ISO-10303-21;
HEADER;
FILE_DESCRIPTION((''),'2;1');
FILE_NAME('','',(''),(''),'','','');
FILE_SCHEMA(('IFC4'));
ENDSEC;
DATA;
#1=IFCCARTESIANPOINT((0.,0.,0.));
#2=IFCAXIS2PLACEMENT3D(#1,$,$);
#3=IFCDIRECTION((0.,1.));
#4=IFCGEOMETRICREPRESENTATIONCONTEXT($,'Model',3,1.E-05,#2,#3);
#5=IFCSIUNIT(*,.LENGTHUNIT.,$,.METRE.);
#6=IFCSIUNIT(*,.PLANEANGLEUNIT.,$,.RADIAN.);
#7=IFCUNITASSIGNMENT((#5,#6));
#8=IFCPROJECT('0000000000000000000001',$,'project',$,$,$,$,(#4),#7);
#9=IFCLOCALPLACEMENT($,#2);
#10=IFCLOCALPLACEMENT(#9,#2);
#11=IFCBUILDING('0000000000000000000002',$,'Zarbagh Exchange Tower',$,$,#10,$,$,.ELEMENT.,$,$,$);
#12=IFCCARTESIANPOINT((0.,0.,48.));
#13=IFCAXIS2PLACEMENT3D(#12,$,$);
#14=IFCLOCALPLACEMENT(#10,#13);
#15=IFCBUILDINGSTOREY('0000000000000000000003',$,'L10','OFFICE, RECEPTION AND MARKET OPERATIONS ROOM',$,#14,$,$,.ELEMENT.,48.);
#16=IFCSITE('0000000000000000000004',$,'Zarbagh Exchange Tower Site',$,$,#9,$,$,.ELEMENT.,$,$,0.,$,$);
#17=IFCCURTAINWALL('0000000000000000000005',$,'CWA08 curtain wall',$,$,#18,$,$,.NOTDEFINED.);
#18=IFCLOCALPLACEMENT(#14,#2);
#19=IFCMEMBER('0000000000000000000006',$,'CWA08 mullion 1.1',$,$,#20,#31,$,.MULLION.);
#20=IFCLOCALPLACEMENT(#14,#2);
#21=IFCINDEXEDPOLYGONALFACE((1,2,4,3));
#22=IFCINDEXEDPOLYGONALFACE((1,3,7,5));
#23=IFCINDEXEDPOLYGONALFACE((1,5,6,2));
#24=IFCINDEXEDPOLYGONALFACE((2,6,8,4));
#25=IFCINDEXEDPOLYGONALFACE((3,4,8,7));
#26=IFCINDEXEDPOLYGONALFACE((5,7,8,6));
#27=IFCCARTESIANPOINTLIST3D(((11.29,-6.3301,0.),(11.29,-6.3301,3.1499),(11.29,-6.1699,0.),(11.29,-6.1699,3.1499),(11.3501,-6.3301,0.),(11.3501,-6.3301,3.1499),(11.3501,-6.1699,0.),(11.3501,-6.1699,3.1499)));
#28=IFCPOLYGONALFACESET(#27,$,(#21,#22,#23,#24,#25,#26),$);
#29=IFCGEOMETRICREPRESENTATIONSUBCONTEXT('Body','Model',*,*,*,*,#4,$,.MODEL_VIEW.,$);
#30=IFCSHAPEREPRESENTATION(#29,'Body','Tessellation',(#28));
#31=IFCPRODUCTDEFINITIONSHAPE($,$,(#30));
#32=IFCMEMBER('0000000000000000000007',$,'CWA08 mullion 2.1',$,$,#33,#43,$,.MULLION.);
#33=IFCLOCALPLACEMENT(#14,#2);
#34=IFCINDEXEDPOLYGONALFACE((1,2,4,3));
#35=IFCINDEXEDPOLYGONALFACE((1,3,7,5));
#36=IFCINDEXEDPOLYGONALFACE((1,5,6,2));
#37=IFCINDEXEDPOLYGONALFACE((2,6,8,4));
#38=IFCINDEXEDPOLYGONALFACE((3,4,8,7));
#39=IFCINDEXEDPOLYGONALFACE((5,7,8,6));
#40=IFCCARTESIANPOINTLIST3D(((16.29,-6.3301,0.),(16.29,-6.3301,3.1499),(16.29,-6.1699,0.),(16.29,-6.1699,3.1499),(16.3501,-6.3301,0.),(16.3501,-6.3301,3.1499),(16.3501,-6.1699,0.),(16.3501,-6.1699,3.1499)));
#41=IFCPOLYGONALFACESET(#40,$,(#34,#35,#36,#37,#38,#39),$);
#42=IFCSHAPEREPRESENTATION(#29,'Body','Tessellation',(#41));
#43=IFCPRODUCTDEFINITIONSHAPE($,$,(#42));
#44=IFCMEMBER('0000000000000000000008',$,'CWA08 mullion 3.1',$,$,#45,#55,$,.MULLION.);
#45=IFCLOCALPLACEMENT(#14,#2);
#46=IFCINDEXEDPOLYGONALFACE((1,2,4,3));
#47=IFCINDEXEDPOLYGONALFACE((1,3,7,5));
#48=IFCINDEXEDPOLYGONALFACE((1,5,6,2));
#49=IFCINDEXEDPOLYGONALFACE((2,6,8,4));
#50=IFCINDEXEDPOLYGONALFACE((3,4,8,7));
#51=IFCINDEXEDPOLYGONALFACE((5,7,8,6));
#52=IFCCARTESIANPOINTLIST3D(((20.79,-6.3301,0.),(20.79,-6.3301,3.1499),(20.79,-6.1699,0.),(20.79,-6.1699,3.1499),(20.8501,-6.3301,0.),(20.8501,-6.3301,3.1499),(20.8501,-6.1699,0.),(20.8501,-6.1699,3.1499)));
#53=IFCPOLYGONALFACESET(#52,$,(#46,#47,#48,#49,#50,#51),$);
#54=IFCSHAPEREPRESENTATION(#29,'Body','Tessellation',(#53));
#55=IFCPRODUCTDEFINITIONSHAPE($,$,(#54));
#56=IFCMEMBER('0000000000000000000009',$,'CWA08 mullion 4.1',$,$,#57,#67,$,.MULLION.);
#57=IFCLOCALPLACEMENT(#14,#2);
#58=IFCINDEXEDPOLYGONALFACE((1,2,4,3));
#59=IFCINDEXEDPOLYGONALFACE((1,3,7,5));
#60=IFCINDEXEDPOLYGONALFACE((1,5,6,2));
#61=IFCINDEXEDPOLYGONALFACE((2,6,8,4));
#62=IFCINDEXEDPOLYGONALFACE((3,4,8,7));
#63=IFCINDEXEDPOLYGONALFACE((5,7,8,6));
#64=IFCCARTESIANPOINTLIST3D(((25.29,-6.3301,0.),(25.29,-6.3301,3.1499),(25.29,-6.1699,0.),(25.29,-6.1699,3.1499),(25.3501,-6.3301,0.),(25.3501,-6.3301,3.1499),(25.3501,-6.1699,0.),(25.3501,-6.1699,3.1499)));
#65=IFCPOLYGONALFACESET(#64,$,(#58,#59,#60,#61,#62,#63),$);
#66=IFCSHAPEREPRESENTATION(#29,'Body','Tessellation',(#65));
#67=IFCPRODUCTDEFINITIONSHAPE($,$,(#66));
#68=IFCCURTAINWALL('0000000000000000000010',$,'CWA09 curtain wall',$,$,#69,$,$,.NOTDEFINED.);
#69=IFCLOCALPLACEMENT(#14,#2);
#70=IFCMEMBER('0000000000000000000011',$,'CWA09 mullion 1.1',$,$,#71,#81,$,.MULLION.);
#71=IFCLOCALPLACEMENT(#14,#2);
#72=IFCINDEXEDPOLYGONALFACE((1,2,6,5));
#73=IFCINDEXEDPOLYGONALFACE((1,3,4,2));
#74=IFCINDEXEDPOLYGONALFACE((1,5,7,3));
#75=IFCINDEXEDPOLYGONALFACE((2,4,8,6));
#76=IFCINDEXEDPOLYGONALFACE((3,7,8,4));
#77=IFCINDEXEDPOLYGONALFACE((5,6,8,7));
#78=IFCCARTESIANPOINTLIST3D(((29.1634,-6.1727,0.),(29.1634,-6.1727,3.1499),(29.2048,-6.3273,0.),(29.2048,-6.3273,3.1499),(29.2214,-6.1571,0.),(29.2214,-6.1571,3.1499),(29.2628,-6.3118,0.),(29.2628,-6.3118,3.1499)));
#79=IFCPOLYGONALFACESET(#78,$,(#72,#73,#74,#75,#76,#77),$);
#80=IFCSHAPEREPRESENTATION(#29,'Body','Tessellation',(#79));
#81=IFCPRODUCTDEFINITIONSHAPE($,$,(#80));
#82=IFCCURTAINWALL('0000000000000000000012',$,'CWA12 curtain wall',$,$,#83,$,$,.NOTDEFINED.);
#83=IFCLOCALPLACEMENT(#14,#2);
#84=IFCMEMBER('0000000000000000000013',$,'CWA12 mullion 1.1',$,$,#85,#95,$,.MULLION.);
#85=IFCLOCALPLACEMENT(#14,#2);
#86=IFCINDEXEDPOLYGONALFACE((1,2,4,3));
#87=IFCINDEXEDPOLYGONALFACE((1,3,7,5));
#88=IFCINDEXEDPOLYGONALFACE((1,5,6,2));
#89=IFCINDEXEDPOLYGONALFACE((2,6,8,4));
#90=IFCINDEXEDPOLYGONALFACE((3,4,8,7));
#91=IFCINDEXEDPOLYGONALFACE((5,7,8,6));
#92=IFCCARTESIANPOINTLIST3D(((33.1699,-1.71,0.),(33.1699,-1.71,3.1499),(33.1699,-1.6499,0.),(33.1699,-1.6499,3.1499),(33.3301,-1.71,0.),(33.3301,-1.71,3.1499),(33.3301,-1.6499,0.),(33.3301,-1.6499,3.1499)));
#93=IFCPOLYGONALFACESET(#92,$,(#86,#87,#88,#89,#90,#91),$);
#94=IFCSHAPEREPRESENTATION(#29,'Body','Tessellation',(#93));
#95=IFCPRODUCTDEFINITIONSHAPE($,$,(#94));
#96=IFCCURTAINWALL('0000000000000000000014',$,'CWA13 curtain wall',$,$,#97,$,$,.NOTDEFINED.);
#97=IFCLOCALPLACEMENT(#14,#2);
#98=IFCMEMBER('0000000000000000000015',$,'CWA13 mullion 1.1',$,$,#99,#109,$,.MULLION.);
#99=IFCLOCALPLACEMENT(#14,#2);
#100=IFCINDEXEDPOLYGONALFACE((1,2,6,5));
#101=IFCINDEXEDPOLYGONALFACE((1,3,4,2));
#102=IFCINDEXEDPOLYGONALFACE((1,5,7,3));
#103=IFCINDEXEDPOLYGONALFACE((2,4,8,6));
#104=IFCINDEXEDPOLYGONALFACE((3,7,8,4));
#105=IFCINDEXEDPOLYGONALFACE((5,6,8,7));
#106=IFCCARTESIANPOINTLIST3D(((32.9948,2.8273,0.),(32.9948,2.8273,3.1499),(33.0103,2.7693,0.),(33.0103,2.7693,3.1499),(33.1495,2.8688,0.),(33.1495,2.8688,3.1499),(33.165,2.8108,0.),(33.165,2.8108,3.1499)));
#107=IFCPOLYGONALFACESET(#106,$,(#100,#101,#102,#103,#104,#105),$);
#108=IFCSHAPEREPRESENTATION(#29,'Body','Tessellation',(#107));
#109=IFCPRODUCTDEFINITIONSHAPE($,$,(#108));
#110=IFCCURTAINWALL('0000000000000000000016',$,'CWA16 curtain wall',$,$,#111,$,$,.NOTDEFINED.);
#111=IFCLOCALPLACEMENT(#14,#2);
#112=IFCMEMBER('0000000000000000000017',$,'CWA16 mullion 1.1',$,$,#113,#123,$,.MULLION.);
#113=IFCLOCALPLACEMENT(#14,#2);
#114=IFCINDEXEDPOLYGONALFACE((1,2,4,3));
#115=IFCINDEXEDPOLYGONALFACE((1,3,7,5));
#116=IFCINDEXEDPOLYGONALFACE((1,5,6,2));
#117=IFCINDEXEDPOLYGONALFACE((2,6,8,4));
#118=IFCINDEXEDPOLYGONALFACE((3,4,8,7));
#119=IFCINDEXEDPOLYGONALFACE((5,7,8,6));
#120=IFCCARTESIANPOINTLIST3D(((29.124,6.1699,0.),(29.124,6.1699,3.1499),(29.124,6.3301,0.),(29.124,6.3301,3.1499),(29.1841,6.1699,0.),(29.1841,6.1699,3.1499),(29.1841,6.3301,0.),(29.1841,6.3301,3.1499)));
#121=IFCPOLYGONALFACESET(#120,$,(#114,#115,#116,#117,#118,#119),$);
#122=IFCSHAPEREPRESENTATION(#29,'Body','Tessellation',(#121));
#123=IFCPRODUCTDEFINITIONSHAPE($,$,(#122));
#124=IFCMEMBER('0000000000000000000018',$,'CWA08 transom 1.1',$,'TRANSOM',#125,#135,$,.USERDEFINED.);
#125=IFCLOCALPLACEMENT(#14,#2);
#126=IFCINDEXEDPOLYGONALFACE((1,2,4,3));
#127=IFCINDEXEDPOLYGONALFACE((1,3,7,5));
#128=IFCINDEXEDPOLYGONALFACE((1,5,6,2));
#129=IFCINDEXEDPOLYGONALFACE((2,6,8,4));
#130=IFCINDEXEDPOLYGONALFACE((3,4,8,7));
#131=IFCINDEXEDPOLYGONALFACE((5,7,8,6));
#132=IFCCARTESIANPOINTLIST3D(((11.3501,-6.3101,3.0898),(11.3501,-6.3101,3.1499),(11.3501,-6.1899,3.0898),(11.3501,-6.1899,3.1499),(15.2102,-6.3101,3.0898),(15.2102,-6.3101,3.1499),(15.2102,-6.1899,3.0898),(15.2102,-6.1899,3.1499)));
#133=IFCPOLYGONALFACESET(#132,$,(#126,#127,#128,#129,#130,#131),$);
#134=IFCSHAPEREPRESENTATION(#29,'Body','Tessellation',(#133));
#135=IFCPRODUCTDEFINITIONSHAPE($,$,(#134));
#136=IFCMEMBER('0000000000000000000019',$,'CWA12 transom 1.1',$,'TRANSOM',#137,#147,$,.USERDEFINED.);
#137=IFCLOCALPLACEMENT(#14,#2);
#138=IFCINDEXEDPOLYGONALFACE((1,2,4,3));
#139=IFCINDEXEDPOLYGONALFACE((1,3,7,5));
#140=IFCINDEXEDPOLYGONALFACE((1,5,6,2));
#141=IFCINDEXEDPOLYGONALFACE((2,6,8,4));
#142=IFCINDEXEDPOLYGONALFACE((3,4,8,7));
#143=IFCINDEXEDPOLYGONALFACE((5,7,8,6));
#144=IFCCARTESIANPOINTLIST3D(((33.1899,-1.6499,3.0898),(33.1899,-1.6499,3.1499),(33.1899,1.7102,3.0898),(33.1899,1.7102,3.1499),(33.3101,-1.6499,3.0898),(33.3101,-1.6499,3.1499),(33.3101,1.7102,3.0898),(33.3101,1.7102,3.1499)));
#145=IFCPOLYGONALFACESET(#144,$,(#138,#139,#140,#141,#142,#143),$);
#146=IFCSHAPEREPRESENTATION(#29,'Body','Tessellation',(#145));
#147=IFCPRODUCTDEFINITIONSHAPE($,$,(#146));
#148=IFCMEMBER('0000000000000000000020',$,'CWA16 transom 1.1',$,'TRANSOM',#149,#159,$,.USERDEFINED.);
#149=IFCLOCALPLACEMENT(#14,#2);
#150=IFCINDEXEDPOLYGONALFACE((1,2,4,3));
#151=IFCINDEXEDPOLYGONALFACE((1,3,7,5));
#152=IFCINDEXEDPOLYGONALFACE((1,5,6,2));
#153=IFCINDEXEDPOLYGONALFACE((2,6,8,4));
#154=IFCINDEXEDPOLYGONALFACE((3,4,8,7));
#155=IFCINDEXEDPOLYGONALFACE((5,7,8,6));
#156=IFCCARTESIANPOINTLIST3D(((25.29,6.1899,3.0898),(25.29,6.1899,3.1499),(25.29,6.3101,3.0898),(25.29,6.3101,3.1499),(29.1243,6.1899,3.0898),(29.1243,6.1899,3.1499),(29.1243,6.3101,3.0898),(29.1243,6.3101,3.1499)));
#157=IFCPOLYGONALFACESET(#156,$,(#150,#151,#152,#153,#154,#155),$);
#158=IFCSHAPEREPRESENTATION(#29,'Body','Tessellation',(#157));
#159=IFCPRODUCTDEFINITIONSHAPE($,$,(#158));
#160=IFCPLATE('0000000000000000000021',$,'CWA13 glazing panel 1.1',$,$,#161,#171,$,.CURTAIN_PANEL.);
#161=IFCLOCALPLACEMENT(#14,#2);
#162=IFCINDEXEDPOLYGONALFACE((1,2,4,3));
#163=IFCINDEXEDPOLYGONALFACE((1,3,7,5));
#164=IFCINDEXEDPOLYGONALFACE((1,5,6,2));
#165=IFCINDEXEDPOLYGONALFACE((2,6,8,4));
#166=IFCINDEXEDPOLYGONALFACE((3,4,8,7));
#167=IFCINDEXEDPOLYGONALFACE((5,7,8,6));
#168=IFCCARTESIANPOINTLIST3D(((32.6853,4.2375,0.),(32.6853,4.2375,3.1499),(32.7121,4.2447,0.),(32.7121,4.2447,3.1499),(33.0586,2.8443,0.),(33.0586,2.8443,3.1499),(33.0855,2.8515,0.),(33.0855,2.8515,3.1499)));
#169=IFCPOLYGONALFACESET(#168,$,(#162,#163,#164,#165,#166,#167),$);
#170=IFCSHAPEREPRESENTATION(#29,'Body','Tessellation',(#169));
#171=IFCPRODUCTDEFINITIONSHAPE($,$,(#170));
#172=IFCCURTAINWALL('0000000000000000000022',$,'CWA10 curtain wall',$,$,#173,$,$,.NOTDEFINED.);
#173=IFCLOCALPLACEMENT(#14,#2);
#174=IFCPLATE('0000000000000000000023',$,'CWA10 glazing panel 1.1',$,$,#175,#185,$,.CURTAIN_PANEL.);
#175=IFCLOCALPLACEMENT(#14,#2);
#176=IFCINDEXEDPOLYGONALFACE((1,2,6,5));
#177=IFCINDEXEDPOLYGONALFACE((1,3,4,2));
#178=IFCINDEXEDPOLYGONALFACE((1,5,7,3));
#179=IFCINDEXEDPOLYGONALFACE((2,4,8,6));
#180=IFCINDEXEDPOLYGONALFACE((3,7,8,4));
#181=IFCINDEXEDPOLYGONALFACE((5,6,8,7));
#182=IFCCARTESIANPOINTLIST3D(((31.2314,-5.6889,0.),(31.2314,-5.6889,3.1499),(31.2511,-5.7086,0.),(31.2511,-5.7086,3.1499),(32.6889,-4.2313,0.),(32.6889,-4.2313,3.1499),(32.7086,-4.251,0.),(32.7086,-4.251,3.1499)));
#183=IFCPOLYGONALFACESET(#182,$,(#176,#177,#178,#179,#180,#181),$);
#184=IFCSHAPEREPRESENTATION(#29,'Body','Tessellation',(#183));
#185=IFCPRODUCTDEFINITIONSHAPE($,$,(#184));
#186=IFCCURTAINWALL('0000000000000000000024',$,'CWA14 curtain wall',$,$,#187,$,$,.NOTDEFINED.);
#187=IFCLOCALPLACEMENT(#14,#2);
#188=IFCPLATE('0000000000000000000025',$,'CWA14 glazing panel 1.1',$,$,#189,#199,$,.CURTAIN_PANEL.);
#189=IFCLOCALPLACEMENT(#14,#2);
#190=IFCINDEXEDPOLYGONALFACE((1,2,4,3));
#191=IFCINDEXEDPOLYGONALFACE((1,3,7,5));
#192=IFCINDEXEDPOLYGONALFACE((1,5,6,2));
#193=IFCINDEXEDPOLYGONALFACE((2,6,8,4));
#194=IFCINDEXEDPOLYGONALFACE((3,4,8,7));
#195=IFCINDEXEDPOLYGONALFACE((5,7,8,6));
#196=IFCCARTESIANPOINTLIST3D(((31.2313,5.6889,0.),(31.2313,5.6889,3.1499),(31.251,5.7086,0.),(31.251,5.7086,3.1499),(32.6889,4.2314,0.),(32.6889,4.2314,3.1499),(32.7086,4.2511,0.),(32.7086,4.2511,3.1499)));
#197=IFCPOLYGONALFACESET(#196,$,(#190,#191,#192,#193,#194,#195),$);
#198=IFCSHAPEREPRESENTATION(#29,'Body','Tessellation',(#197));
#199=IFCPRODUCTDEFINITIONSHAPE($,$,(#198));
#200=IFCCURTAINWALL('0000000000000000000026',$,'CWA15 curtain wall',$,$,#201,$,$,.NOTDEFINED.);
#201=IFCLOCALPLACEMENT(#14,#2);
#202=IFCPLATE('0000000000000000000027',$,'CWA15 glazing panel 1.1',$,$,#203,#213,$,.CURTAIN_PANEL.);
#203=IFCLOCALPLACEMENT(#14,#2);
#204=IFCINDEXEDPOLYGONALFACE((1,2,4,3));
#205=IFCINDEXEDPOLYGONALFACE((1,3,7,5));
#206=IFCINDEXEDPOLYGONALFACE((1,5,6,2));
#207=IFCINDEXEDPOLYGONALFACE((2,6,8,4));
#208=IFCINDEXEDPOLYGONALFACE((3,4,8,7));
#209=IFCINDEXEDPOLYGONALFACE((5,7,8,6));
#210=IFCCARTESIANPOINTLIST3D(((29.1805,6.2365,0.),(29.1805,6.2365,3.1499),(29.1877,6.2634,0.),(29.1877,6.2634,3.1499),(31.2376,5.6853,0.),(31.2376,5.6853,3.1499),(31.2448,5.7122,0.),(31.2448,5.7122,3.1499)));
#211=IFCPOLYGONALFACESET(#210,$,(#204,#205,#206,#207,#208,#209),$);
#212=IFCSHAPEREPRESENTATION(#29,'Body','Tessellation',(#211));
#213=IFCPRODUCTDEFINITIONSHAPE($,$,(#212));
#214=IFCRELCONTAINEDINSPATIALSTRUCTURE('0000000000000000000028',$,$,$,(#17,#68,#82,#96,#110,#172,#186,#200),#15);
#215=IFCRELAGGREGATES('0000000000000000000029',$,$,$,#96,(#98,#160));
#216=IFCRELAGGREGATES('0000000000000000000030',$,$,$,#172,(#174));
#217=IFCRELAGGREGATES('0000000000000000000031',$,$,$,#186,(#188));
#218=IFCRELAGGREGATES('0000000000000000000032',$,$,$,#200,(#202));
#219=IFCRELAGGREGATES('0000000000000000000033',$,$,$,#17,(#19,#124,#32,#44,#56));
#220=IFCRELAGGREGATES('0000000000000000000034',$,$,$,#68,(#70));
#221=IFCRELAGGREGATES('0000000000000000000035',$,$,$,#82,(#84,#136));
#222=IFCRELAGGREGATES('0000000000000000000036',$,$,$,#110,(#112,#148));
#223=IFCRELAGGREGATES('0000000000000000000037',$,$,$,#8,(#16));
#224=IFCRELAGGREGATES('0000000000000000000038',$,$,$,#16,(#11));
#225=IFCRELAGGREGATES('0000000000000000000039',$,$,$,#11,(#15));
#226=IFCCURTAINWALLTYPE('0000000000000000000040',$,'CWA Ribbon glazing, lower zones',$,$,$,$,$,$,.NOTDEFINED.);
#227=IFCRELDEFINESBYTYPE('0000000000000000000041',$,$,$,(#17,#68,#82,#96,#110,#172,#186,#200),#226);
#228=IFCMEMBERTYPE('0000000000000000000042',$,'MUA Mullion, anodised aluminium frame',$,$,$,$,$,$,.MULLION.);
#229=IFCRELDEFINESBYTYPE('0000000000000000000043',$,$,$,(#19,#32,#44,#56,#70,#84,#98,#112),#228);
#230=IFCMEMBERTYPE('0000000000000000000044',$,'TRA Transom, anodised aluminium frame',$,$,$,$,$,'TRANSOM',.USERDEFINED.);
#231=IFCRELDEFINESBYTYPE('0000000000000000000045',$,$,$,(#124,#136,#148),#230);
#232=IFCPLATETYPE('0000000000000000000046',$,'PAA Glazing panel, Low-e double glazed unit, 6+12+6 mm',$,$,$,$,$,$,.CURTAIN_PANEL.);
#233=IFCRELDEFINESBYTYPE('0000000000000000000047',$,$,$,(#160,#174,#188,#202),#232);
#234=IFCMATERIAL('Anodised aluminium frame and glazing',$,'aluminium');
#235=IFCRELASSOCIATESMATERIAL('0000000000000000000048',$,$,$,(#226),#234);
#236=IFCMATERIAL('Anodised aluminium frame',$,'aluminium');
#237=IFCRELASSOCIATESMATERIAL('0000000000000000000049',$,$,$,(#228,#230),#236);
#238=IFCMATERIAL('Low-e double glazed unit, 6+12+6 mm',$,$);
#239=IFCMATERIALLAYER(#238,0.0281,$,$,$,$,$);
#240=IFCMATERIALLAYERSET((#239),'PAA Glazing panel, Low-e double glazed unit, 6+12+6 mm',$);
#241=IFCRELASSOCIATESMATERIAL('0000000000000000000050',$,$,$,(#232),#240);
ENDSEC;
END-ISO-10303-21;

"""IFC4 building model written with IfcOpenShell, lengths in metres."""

from ifc_helpers import new_model, si_unit, direction, frame, origin, place, context, subcontext, project, spatial, polyline, outline, extrude, source, transform, mapped, material, layer, layer_set, type_object, element, aggregate, save


model = new_model("IFC4")

# Units and contexts
model_context = context("Model", 3, precision=1e-05, world=origin(), true_north=direction((0.0, 1.0)))
body_context = subcontext(model_context, "Body", "Model", "MODEL_VIEW")
ifc_project = project(units=[si_unit("LENGTHUNIT", "METRE"), si_unit("PLANEANGLEUNIT", "RADIAN")], contexts=[model_context])

# Site, building, storey
site_placement = place(None, origin())
site = spatial("IfcSite", under=ifc_project, at=site_placement, Name="Zarbagh Exchange Tower Site", CompositionType="ELEMENT", RefElevation=0.0)
building_placement = place(site_placement, origin())
building = spatial("IfcBuilding", under=site, at=building_placement, Name="Zarbagh Exchange Tower", CompositionType="ELEMENT")
storey_placement = place(building_placement, frame((0.0, 0.0, 48.0)))
storey = spatial("IfcBuildingStorey", under=building, at=storey_placement, Name="L10", Description="OFFICE, RECEPTION AND MARKET OPERATIONS ROOM", CompositionType="ELEMENT", Elevation=48.0)

# Curtain wall, members
ifc_material_1 = material(Name="Anodised aluminium frame and glazing", Category="aluminium")
curtain_wall_type = type_object("IfcCurtainWallType", Name="CWA Ribbon glazing, lower zones", PredefinedType="NOTDEFINED", material=ifc_material_1)
curtain_wall_1_placement = place(storey_placement, origin())
curtain_wall_1 = element("IfcCurtainWall", 1, at=curtain_wall_1_placement, inside=storey, type_object=curtain_wall_type, Name="CWA08 curtain wall", PredefinedType="NOTDEFINED")
ifc_material_2 = material(Name="Anodised aluminium frame", Category="aluminium")
member_type_1 = type_object("IfcMemberType", Name="MUA Mullion, anodised aluminium frame", PredefinedType="MULLION", material=ifc_material_2)
shared_shape_1 = source(origin(), body_context, "Body", "SweptSolid", [
    extrude(outline(polyline([(0.0, -0.0801), (0.0601, -0.0801), (0.0601, 0.0801), (0.0, 0.0801), (0.0, -0.0801)])), origin(), (0.0, 0.0, 1.0), 3.1499),
])
placement = place(storey_placement, origin())
member_1 = element("IfcMember", 2, at=placement, type_object=member_type_1, Name="CWA08 mullion 1.1", PredefinedType="MULLION", context=body_context, shape_type="MappedRepresentation", body=[
    mapped(shared_shape_1, transform((11.29, -6.25, 0.0), x_axis=(1.0, 0.0, 0.0), y_axis=(0.0, 1.0, 0.0), z_axis=(0.0, 0.0, 1.0))),
])
member_2 = element("IfcMember", 3, at=placement, type_object=member_type_1, Name="CWA08 mullion 2.1", PredefinedType="MULLION", context=body_context, shape_type="MappedRepresentation", body=[
    mapped(shared_shape_1, transform((16.29, -6.25, 0.0), x_axis=(1.0, 0.0, 0.0), y_axis=(0.0, 1.0, 0.0), z_axis=(0.0, 0.0, 1.0))),
])
member_3 = element("IfcMember", 4, at=placement, type_object=member_type_1, Name="CWA08 mullion 3.1", PredefinedType="MULLION", context=body_context, shape_type="MappedRepresentation", body=[
    mapped(shared_shape_1, transform((20.79, -6.25, 0.0), x_axis=(1.0, 0.0, 0.0), y_axis=(0.0, 1.0, 0.0), z_axis=(0.0, 0.0, 1.0))),
])
member_4 = element("IfcMember", 5, at=placement, type_object=member_type_1, Name="CWA08 mullion 4.1", PredefinedType="MULLION", context=body_context, shape_type="MappedRepresentation", body=[
    mapped(shared_shape_1, transform((25.29, -6.25, 0.0), x_axis=(1.0, 0.0, 0.0), y_axis=(0.0, 1.0, 0.0), z_axis=(0.0, 0.0, 1.0))),
])

# Curtain walls, members
curtain_wall_2_placement = place(storey_placement, origin())
curtain_wall_2 = element("IfcCurtainWall", 6, at=curtain_wall_2_placement, inside=storey, type_object=curtain_wall_type, Name="CWA09 curtain wall", PredefinedType="NOTDEFINED")
member_5 = element("IfcMember", 7, at=placement, type_object=member_type_1, Name="CWA09 mullion 1.1", PredefinedType="MULLION", context=body_context, shape_type="MappedRepresentation", body=[
    mapped(shared_shape_1, transform((29.1841, -6.25, 0.0), x_axis=(0.965924, 0.258825, 0.0), y_axis=(-0.258825, 0.965924, 0.0), z_axis=(0.0, 0.0, 1.0))),
])
curtain_wall_3_placement = place(storey_placement, origin())
curtain_wall_3 = element("IfcCurtainWall", 8, at=curtain_wall_3_placement, inside=storey, type_object=curtain_wall_type, Name="CWA12 curtain wall", PredefinedType="NOTDEFINED")
member_6 = element("IfcMember", 9, at=placement, type_object=member_type_1, Name="CWA12 mullion 1.1", PredefinedType="MULLION", context=body_context, shape_type="MappedRepresentation", body=[
    mapped(shared_shape_1, transform((33.25, -1.71, 0.0), x_axis=(0.0, 1.0, 0.0), y_axis=(-1.0, 0.0, 0.0), z_axis=(0.0, 0.0, 1.0))),
])
curtain_wall_4_placement = place(storey_placement, origin())
curtain_wall_4 = element("IfcCurtainWall", 10, at=curtain_wall_4_placement, inside=storey, type_object=curtain_wall_type, Name="CWA13 curtain wall", PredefinedType="NOTDEFINED")
member_7 = element("IfcMember", 11, at=placement, type_object=member_type_1, Name="CWA13 mullion 1.1", PredefinedType="MULLION", context=body_context, shape_type="MappedRepresentation", body=[
    mapped(shared_shape_1, transform((33.0876, 2.79, 0.0), x_axis=(-0.258825, 0.965924, 0.0), y_axis=(-0.965924, -0.258825, 0.0), z_axis=(0.0, 0.0, 1.0))),
])
curtain_wall_5_placement = place(storey_placement, origin())
curtain_wall_5 = element("IfcCurtainWall", 12, at=curtain_wall_5_placement, inside=storey, type_object=curtain_wall_type, Name="CWA16 curtain wall", PredefinedType="NOTDEFINED")
member_8 = element("IfcMember", 13, at=placement, type_object=member_type_1, Name="CWA16 mullion 1.1", PredefinedType="MULLION", context=body_context, shape_type="MappedRepresentation", body=[
    mapped(shared_shape_1, transform((29.1841, 6.25, 0.0), x_axis=(-1.0, 0.0, 0.0), y_axis=(0.0, -1.0, 0.0), z_axis=(0.0, 0.0, 1.0))),
])

# Members
member_type_2 = type_object("IfcMemberType", Name="TRA Transom, anodised aluminium frame", ElementType="TRANSOM", PredefinedType="USERDEFINED", material=ifc_material_2)
shared_shape_2 = source(origin(), body_context, "Body", "SweptSolid", [
    extrude(outline(polyline([(-0.0601, -0.0601), (0.0, -0.0601), (0.0, 0.0601), (-0.0601, 0.0601), (-0.0601, -0.0601)])), origin(), (0.0, 0.0, 1.0), 3.8601),
])
member_9 = element("IfcMember", 14, at=placement, type_object=member_type_2, Name="CWA08 transom 1.1", ObjectType="TRANSOM", PredefinedType="USERDEFINED", context=body_context, shape_type="MappedRepresentation", body=[
    mapped(shared_shape_2, transform((11.3501, -6.25, 3.1499), x_axis=(0.0, 0.0, 1.0), y_axis=(0.0, -1.0, 0.0), z_axis=(1.0, 0.0, 0.0))),
])
shared_shape_3 = source(origin(), body_context, "Body", "SweptSolid", [
    extrude(outline(polyline([(-0.0601, -0.0601), (0.0, -0.0601), (0.0, 0.0601), (-0.0601, 0.0601), (-0.0601, -0.0601)])), origin(), (0.0, 0.0, 1.0), 3.3601),
])
member_10 = element("IfcMember", 15, at=placement, type_object=member_type_2, Name="CWA12 transom 1.1", ObjectType="TRANSOM", PredefinedType="USERDEFINED", context=body_context, shape_type="MappedRepresentation", body=[
    mapped(shared_shape_3, transform((33.25, -1.6499, 3.1499), x_axis=(0.0, 0.0, 1.0), y_axis=(1.0, 0.0, 0.0), z_axis=(0.0, 1.0, 0.0))),
])
shared_shape_4 = source(origin(), body_context, "Body", "SweptSolid", [
    extrude(outline(polyline([(-0.0601, -0.0601), (0.0, -0.0601), (0.0, 0.0601), (-0.0601, 0.0601), (-0.0601, -0.0601)])), origin(), (0.0, 0.0, 1.0), 3.8342),
])
member_11 = element("IfcMember", 16, at=placement, type_object=member_type_2, Name="CWA16 transom 1.1", ObjectType="TRANSOM", PredefinedType="USERDEFINED", context=body_context, shape_type="MappedRepresentation", body=[
    mapped(shared_shape_4, transform((29.1243, 6.25, 3.1499), x_axis=(0.0, 0.0, 1.0), y_axis=(0.0, 1.0, 0.0), z_axis=(-1.0, 0.0, 0.0))),
])

# Plate
ifc_material_3 = material(Name="Low-e double glazed unit, 6+12+6 mm")
ifc_layer = layer(ifc_material_3, 0.0281)
ifc_layer_set = layer_set([ifc_layer], Name="PAA Glazing panel, Low-e double glazed unit, 6+12+6 mm")
plate_type = type_object("IfcPlateType", Name="PAA Glazing panel, Low-e double glazed unit, 6+12+6 mm", PredefinedType="CURTAIN_PANEL", material=ifc_layer_set)
shared_shape_5 = source(origin(), body_context, "Body", "SweptSolid", [
    extrude(outline(polyline([(0.0, -0.0139), (1.4424, -0.0139), (1.4424, 0.0139), (0.0, 0.0139), (0.0, -0.0139)])), origin(), (0.0, 0.0, 1.0), 3.1499),
])
plate_1 = element("IfcPlate", 17, at=placement, type_object=plate_type, Name="CWA13 glazing panel 1.1", PredefinedType="CURTAIN_PANEL", context=body_context, shape_type="MappedRepresentation", body=[
    mapped(shared_shape_5, transform((33.072, 2.8479, 0.0), x_axis=(-0.258825, 0.965924, 0.0), y_axis=(-0.965924, -0.258825, 0.0), z_axis=(0.0, 0.0, 1.0))),
])
aggregate(curtain_wall_4, [member_7, plate_1])

# Curtain walls, plates
curtain_wall_6_placement = place(storey_placement, origin())
curtain_wall_6 = element("IfcCurtainWall", 18, at=curtain_wall_6_placement, inside=storey, type_object=curtain_wall_type, Name="CWA10 curtain wall", PredefinedType="NOTDEFINED")
shared_shape_6 = source(origin(), body_context, "Body", "SweptSolid", [
    extrude(outline(polyline([(0.0, -0.0139), (2.0613, -0.0139), (2.0613, 0.0139), (0.0, 0.0139), (0.0, -0.0139)])), origin(), (0.0, 0.0, 1.0), 3.1499),
])
plate_2 = element("IfcPlate", 19, at=placement, type_object=plate_type, Name="CWA10 glazing panel 1.1", PredefinedType="CURTAIN_PANEL", context=body_context, shape_type="MappedRepresentation", body=[
    mapped(shared_shape_6, transform((31.2412, -5.6987, 0.0), x_axis=(0.707107, 0.707107, 0.0), y_axis=(-0.707107, 0.707107, 0.0), z_axis=(0.0, 0.0, 1.0))),
])
aggregate(curtain_wall_6, [plate_2])
curtain_wall_7_placement = place(storey_placement, origin())
curtain_wall_7 = element("IfcCurtainWall", 20, at=curtain_wall_7_placement, inside=storey, type_object=curtain_wall_type, Name="CWA14 curtain wall", PredefinedType="NOTDEFINED")
plate_3 = element("IfcPlate", 21, at=placement, type_object=plate_type, Name="CWA14 glazing panel 1.1", PredefinedType="CURTAIN_PANEL", context=body_context, shape_type="MappedRepresentation", body=[
    mapped(shared_shape_6, transform((32.6987, 4.2412, 0.0), x_axis=(-0.707107, 0.707107, 0.0), y_axis=(-0.707107, -0.707107, 0.0), z_axis=(0.0, 0.0, 1.0))),
])
aggregate(curtain_wall_7, [plate_3])
curtain_wall_8_placement = place(storey_placement, origin())
curtain_wall_8 = element("IfcCurtainWall", 22, at=curtain_wall_8_placement, inside=storey, type_object=curtain_wall_type, Name="CWA15 curtain wall", PredefinedType="NOTDEFINED")
shared_shape_7 = source(origin(), body_context, "Body", "SweptSolid", [
    extrude(outline(polyline([(0.0, -0.0139), (2.1296, -0.0139), (2.1296, 0.0139), (0.0, 0.0139), (0.0, -0.0139)])), origin(), (0.0, 0.0, 1.0), 3.1499),
])
plate_4 = element("IfcPlate", 23, at=placement, type_object=plate_type, Name="CWA15 glazing panel 1.1", PredefinedType="CURTAIN_PANEL", context=body_context, shape_type="MappedRepresentation", body=[
    mapped(shared_shape_7, transform((31.2412, 5.6987, 0.0), x_axis=(-0.965924, 0.258825, 0.0), y_axis=(-0.258825, -0.965924, 0.0), z_axis=(0.0, 0.0, 1.0))),
])
aggregate(curtain_wall_8, [plate_4])

aggregate(curtain_wall_1, [member_1, member_9, member_2, member_3, member_4])
aggregate(curtain_wall_2, [member_5])

aggregate(curtain_wall_3, [member_6, member_10])
aggregate(curtain_wall_5, [member_8, member_11])

save(model, "model.ifc")
